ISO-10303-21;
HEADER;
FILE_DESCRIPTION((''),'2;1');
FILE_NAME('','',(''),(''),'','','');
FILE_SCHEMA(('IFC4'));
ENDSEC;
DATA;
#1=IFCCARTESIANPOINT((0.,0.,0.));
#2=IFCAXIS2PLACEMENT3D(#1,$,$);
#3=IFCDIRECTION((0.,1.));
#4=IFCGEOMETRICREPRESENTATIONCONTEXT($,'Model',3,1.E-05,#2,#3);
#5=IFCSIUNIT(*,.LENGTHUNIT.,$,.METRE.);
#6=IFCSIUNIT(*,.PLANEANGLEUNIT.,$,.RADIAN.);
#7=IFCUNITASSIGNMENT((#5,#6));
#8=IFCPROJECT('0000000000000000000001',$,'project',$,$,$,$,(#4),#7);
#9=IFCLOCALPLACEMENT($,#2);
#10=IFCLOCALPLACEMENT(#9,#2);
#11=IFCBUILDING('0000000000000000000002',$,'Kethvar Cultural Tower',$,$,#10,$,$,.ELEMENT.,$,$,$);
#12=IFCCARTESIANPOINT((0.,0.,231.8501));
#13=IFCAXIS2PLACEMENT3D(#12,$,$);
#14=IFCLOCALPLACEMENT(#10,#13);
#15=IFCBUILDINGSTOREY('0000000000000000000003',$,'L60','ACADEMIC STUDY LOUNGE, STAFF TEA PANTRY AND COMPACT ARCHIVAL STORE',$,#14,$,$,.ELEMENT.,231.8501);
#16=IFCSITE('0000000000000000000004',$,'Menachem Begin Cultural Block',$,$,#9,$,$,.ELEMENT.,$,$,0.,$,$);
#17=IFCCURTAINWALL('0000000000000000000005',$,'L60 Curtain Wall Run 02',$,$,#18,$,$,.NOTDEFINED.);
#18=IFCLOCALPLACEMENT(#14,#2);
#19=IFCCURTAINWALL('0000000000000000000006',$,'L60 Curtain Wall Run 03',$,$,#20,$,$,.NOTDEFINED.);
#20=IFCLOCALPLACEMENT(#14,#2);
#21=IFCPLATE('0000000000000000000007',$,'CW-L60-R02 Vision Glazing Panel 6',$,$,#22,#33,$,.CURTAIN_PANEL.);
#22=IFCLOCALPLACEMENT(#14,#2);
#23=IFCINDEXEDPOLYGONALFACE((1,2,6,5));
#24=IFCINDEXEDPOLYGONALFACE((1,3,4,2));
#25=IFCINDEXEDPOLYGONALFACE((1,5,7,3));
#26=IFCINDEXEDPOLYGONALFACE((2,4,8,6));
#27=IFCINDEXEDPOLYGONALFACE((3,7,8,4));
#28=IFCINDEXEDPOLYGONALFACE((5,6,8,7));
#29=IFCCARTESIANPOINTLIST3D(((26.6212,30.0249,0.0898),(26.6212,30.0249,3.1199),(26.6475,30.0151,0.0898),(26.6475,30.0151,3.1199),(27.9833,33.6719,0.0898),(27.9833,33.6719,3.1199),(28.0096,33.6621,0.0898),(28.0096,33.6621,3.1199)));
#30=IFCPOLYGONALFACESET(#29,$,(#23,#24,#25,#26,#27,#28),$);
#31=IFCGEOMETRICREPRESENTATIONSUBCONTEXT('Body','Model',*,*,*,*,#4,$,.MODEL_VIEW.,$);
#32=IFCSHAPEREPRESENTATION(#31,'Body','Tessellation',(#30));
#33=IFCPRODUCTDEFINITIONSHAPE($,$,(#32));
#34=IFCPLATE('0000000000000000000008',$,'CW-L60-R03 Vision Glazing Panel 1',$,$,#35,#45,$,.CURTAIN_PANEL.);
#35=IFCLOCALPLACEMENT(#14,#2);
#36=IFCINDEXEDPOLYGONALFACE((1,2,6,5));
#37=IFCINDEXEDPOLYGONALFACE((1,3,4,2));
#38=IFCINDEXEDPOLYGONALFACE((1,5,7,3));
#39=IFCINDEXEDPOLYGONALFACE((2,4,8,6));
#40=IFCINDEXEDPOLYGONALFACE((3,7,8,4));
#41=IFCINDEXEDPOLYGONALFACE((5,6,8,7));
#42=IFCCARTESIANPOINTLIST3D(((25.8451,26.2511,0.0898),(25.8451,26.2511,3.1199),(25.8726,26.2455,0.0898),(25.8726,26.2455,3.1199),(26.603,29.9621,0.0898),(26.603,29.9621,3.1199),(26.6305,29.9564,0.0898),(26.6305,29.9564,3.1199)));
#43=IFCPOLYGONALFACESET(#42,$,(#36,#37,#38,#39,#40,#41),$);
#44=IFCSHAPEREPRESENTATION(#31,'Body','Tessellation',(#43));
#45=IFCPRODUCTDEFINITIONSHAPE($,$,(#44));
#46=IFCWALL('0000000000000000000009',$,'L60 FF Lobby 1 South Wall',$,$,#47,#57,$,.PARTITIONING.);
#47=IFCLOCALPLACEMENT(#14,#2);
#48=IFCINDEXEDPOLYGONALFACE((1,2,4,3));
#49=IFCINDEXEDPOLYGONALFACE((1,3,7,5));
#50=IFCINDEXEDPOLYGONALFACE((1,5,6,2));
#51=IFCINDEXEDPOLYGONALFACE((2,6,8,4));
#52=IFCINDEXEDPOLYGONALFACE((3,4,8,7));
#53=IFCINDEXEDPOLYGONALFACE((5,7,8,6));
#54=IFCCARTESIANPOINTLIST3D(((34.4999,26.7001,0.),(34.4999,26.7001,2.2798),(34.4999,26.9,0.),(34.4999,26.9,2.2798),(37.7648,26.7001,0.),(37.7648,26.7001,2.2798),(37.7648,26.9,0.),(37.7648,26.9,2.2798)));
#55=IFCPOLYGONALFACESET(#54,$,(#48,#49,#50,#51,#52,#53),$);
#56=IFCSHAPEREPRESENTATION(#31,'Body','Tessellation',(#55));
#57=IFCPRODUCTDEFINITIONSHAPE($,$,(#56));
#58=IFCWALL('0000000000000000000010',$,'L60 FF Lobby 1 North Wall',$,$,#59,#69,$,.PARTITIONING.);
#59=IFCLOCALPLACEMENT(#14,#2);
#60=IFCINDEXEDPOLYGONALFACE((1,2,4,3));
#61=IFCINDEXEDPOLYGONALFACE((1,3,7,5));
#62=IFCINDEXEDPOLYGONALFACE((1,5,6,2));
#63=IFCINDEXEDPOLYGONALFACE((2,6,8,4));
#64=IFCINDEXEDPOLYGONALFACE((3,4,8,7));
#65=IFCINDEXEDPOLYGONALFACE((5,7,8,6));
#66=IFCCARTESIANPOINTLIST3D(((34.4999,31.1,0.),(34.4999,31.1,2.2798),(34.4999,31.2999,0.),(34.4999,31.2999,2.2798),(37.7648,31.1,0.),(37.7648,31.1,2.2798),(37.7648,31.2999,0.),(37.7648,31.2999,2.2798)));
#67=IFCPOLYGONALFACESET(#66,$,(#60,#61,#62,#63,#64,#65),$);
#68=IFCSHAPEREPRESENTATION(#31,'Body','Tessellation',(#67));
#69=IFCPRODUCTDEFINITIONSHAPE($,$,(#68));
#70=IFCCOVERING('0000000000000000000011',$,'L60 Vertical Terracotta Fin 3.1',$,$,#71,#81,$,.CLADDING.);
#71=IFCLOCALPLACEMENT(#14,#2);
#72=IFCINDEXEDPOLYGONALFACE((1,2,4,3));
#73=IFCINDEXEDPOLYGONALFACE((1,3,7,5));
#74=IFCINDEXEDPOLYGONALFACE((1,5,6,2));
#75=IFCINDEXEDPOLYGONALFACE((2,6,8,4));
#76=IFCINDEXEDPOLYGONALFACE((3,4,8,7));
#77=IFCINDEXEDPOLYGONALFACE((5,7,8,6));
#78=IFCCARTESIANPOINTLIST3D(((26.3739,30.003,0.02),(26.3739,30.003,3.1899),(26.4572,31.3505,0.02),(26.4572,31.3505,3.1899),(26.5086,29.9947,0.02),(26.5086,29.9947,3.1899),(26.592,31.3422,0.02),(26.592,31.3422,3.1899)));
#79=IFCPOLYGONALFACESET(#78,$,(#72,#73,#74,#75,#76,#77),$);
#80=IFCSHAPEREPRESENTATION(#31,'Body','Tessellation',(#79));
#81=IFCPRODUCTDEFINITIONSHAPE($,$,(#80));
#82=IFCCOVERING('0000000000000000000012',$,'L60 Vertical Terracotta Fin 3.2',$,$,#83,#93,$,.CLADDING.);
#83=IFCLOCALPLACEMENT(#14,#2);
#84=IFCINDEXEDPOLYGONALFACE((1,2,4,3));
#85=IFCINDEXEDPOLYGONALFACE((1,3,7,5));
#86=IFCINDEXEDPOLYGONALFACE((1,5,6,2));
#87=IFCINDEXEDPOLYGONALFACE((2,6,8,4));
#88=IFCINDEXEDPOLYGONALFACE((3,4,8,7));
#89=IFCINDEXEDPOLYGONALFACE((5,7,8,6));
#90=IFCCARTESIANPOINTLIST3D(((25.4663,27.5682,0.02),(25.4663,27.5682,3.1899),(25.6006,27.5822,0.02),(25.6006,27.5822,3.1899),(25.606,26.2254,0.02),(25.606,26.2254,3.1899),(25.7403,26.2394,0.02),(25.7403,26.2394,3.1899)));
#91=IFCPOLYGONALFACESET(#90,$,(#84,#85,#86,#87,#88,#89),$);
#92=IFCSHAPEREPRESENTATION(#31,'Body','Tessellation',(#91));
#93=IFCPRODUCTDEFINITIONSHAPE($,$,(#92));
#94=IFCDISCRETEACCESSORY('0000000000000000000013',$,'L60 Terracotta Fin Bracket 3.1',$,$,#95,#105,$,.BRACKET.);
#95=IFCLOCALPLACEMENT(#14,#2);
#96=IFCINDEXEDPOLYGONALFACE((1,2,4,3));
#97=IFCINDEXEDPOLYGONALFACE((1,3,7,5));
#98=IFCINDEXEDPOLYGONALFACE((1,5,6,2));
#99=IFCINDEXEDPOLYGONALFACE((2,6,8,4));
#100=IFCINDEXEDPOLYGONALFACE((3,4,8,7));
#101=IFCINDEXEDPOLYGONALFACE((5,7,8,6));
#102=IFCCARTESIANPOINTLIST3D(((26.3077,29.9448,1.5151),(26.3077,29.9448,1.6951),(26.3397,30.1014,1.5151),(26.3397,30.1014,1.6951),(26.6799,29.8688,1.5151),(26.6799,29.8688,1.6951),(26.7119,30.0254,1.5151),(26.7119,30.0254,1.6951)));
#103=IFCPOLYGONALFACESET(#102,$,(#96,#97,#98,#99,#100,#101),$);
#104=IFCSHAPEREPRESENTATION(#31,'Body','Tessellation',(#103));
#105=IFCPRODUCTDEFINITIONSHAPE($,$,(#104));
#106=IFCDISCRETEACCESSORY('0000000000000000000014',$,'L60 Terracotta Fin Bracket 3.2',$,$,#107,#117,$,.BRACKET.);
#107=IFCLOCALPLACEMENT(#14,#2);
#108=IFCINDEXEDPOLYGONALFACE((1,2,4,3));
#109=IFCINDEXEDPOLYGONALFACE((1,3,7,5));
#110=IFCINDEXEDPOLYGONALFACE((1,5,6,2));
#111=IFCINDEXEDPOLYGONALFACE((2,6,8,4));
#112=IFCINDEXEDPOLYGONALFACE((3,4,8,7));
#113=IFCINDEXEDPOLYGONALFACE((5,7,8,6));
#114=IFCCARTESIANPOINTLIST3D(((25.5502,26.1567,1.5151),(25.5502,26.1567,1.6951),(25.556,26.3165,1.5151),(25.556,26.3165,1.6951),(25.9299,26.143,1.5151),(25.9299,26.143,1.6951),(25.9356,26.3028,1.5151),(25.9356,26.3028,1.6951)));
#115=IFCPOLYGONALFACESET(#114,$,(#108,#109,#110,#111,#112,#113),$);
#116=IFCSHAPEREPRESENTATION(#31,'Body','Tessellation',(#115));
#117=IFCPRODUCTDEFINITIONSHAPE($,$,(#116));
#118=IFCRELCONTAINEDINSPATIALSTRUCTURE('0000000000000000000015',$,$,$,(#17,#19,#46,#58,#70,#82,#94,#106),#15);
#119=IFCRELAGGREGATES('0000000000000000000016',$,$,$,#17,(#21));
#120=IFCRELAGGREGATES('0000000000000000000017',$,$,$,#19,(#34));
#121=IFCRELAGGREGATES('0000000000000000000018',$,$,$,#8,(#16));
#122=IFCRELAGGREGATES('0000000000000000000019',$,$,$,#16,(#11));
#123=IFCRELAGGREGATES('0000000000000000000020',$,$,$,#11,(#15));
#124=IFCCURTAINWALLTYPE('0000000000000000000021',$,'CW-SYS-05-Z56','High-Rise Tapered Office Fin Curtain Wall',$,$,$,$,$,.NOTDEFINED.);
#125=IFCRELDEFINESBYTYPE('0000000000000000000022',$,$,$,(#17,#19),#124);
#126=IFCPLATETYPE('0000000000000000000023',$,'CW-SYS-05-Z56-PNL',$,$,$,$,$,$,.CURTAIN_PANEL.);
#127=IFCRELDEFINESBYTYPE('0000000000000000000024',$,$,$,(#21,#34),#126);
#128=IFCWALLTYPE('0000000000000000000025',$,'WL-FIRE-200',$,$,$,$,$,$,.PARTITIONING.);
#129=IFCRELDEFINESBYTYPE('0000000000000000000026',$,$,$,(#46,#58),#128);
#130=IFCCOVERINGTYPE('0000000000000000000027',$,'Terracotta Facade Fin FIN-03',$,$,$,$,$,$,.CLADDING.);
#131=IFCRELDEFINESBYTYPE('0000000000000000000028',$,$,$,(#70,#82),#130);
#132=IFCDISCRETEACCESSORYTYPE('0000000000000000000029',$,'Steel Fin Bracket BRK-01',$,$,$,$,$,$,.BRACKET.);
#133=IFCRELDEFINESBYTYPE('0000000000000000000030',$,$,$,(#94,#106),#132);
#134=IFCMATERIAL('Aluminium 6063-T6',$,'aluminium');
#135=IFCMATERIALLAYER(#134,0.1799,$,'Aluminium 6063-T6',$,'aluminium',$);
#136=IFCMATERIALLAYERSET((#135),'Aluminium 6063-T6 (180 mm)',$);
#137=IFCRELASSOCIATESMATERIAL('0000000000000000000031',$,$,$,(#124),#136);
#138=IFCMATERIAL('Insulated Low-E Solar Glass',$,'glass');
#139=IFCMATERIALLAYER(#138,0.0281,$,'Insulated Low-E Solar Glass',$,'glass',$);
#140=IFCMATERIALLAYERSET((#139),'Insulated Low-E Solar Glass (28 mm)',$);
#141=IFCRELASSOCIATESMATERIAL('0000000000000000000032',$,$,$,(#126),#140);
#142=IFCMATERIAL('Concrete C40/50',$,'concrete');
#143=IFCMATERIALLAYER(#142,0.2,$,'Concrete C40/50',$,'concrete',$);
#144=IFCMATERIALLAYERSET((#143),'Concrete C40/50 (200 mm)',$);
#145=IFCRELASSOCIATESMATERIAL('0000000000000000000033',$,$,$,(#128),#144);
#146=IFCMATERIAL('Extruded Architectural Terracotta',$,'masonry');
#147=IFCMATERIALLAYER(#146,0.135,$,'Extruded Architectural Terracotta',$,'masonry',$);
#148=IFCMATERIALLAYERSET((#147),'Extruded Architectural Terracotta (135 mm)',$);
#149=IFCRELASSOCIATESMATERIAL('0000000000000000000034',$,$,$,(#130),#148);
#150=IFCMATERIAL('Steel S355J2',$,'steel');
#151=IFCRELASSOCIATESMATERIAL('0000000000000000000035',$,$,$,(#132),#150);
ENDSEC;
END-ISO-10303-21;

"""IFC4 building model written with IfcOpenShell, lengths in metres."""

from ifc_helpers import new_model, si_unit, direction, frame, frame_2d, origin, origin_2d, place, context, subcontext, project, spatial, rectangle, extrude, source, transform, mapped, material, layer, layer_set, type_object, element, aggregate, save


model = new_model("IFC4")

# Units and contexts
model_context = context("Model", 3, precision=1e-05, world=origin(), true_north=direction((0.0, 1.0)))
body_context = subcontext(model_context, "Body", "Model", "MODEL_VIEW")
ifc_project = project(units=[si_unit("LENGTHUNIT", "METRE"), si_unit("PLANEANGLEUNIT", "RADIAN")], contexts=[model_context])

# Site, building, storey
site_placement = place(None, origin())
site = spatial("IfcSite", under=ifc_project, at=site_placement, Name="Menachem Begin Cultural Block", CompositionType="ELEMENT", RefElevation=0.0)
building_placement = place(site_placement, origin())
building = spatial("IfcBuilding", under=site, at=building_placement, Name="Kethvar Cultural Tower", CompositionType="ELEMENT")
storey_placement = place(building_placement, frame((0.0, 0.0, 231.8501)))
storey = spatial("IfcBuildingStorey", under=building, at=storey_placement, Name="L60", Description="ACADEMIC STUDY LOUNGE, STAFF TEA PANTRY AND COMPACT ARCHIVAL STORE", CompositionType="ELEMENT", Elevation=231.8501)

# Shared definitions
ifc_material_1 = material(Name="Steel S355J2", Category="steel")

# Curtain walls
ifc_material_2 = material(Name="Aluminium 6063-T6", Category="aluminium")
ifc_layer_1 = layer(ifc_material_2, 0.1799, Name="Aluminium 6063-T6", Category="aluminium")
ifc_layer_set_1 = layer_set([ifc_layer_1], Name="Aluminium 6063-T6 (180 mm)")
curtain_wall_type = type_object("IfcCurtainWallType", Name="CW-SYS-05-Z56", Description="High-Rise Tapered Office Fin Curtain Wall", PredefinedType="NOTDEFINED", material=ifc_layer_set_1)
curtain_wall_1_placement = place(storey_placement, origin())
curtain_wall_1 = element("IfcCurtainWall", 1, at=curtain_wall_1_placement, inside=storey, type_object=curtain_wall_type, Name="L60 Curtain Wall Run 02", PredefinedType="NOTDEFINED")
curtain_wall_2_placement = place(storey_placement, origin())
curtain_wall_2 = element("IfcCurtainWall", 2, at=curtain_wall_2_placement, inside=storey, type_object=curtain_wall_type, Name="L60 Curtain Wall Run 03", PredefinedType="NOTDEFINED")

# Plates
ifc_material_3 = material(Name="Insulated Low-E Solar Glass", Category="glass")
ifc_layer_2 = layer(ifc_material_3, 0.0281, Name="Insulated Low-E Solar Glass", Category="glass")
ifc_layer_set_2 = layer_set([ifc_layer_2], Name="Insulated Low-E Solar Glass (28 mm)")
plate_type = type_object("IfcPlateType", Name="CW-SYS-05-Z56-PNL", PredefinedType="CURTAIN_PANEL", material=ifc_layer_set_2)
shared_shape_1 = source(origin(), body_context, "Body", "SweptSolid", [
    extrude(rectangle(XDim=3.8931, YDim=0.0281, at=origin_2d()), origin(), (0.0, 0.0, 1.0), 3.03),
])
plate_1_placement = place(storey_placement, frame((27.3154, 31.8435, 0.0898), z_axis=(0.0, 0.0, 1.0), x_axis=(-0.34988, -0.936794, 0.0)))
plate_1 = element("IfcPlate", 3, at=plate_1_placement, type_object=plate_type, Name="CW-L60-R02 Vision Glazing Panel 6", PredefinedType="CURTAIN_PANEL", context=body_context, shape_type="MappedRepresentation", body=[
    mapped(shared_shape_1, transform((0.0, 0.0, 0.0), scale=1.0)),
])
aggregate(curtain_wall_1, [plate_1])
shared_shape_2 = source(origin(), body_context, "Body", "SweptSolid", [
    extrude(rectangle(XDim=3.7876, YDim=0.0281, at=origin_2d()), origin(), (0.0, 0.0, 1.0), 3.03),
])
plate_2_placement = place(storey_placement, frame((26.2378, 28.1038, 0.0898), z_axis=(0.0, 0.0, 1.0), x_axis=(-0.20012, -0.979771, 0.0)))
plate_2 = element("IfcPlate", 4, at=plate_2_placement, type_object=plate_type, Name="CW-L60-R03 Vision Glazing Panel 1", PredefinedType="CURTAIN_PANEL", context=body_context, shape_type="MappedRepresentation", body=[
    mapped(shared_shape_2, transform((0.0, 0.0, 0.0), scale=1.0)),
])
aggregate(curtain_wall_2, [plate_2])

# Shared definitions
ifc_material_4 = material(Name="Concrete C40/50", Category="concrete")
ifc_layer_3 = layer(ifc_material_4, 0.2, Name="Concrete C40/50", Category="concrete")
ifc_layer_set_3 = layer_set([ifc_layer_3], Name="Concrete C40/50 (200 mm)")
wall_type = type_object("IfcWallType", Name="WL-FIRE-200", PredefinedType="PARTITIONING", material=ifc_layer_set_3)

# Walls
for number, where, z_axis, x_axis, name in (
    (5, (34.5, 26.8, 0.0), (0.0, 0.0, 1.0), (1.0, 0.0, 0.0), "L60 FF Lobby 1 South Wall"),
    (6, (34.5, 31.2, 0.0), (0.0, 0.0, 1.0), (1.0, 0.0, 0.0), "L60 FF Lobby 1 North Wall"),
):
    element("IfcWall", number, at=place(storey_placement, frame(where, z_axis=z_axis, x_axis=x_axis)), inside=storey, type_object=wall_type, Name=name, PredefinedType="PARTITIONING", context=body_context, shape_type="SweptSolid", body=[
        extrude(rectangle(XDim=3.2649, YDim=0.2, at=frame_2d((1.6323, 0.0))), origin(), (0.0, 0.0, 1.0), 2.2798),
    ])

# Coverings
ifc_material_5 = material(Name="Extruded Architectural Terracotta", Category="masonry")
ifc_layer_4 = layer(ifc_material_5, 0.135, Name="Extruded Architectural Terracotta", Category="masonry")
ifc_layer_set_4 = layer_set([ifc_layer_4], Name="Extruded Architectural Terracotta (135 mm)")
covering_type = type_object("IfcCoveringType", Name="Terracotta Facade Fin FIN-03", PredefinedType="CLADDING", material=ifc_layer_set_4)
shared_shape_3 = source(origin(), body_context, "Body", "SweptSolid", [
    extrude(rectangle(XDim=1.3501, YDim=0.135, at=origin_2d()), origin(), (0.0, 0.0, 1.0), 3.1699),
])
for number, where, z_axis, x_axis, name in (
    (7, (26.4829, 30.6726, 0.02), (0.0, 0.0, 1.0), (0.061745, 0.998092, 0.0), "L60 Vertical Terracotta Fin 3.1"),
    (8, (25.6033, 26.9038, 0.02), (0.0, 0.0, 1.0), (-0.103487, 0.994631, 0.0), "L60 Vertical Terracotta Fin 3.2"),
):
    element("IfcCovering", number, at=place(storey_placement, frame(where, z_axis=z_axis, x_axis=x_axis)), inside=storey, type_object=covering_type, Name=name, PredefinedType="CLADDING", context=body_context, shape_type="MappedRepresentation", body=[
        mapped(shared_shape_3, transform((0.0, 0.0, 0.0), scale=1.0)),
    ])

# Discrete accessories
discrete_accessory_type = type_object("IfcDiscreteAccessoryType", Name="Steel Fin Bracket BRK-01", PredefinedType="BRACKET", material=ifc_material_1)
shared_shape_4 = source(origin(), body_context, "Body", "SweptSolid", [
    extrude(rectangle(XDim=0.3799, YDim=0.1599, at=origin_2d()), origin(), (0.0, 0.0, 1.0), 0.1799),
])
for number, where, z_axis, x_axis, name in (
    (9, (26.5098, 29.9851, 1.5151), (0.0, 0.0, 1.0), (-0.979785, 0.200052, 0.0), "L60 Terracotta Fin Bracket 3.1"),
    (10, (25.7429, 26.2297, 1.5151), (0.0, 0.0, 1.0), (-0.999354, 0.035946, 0.0), "L60 Terracotta Fin Bracket 3.2"),
):
    element("IfcDiscreteAccessory", number, at=place(storey_placement, frame(where, z_axis=z_axis, x_axis=x_axis)), inside=storey, type_object=discrete_accessory_type, Name=name, PredefinedType="BRACKET", context=body_context, shape_type="MappedRepresentation", body=[
        mapped(shared_shape_4, transform((0.0, 0.0, 0.0), scale=1.0)),
    ])

save(model, "model.ifc")
